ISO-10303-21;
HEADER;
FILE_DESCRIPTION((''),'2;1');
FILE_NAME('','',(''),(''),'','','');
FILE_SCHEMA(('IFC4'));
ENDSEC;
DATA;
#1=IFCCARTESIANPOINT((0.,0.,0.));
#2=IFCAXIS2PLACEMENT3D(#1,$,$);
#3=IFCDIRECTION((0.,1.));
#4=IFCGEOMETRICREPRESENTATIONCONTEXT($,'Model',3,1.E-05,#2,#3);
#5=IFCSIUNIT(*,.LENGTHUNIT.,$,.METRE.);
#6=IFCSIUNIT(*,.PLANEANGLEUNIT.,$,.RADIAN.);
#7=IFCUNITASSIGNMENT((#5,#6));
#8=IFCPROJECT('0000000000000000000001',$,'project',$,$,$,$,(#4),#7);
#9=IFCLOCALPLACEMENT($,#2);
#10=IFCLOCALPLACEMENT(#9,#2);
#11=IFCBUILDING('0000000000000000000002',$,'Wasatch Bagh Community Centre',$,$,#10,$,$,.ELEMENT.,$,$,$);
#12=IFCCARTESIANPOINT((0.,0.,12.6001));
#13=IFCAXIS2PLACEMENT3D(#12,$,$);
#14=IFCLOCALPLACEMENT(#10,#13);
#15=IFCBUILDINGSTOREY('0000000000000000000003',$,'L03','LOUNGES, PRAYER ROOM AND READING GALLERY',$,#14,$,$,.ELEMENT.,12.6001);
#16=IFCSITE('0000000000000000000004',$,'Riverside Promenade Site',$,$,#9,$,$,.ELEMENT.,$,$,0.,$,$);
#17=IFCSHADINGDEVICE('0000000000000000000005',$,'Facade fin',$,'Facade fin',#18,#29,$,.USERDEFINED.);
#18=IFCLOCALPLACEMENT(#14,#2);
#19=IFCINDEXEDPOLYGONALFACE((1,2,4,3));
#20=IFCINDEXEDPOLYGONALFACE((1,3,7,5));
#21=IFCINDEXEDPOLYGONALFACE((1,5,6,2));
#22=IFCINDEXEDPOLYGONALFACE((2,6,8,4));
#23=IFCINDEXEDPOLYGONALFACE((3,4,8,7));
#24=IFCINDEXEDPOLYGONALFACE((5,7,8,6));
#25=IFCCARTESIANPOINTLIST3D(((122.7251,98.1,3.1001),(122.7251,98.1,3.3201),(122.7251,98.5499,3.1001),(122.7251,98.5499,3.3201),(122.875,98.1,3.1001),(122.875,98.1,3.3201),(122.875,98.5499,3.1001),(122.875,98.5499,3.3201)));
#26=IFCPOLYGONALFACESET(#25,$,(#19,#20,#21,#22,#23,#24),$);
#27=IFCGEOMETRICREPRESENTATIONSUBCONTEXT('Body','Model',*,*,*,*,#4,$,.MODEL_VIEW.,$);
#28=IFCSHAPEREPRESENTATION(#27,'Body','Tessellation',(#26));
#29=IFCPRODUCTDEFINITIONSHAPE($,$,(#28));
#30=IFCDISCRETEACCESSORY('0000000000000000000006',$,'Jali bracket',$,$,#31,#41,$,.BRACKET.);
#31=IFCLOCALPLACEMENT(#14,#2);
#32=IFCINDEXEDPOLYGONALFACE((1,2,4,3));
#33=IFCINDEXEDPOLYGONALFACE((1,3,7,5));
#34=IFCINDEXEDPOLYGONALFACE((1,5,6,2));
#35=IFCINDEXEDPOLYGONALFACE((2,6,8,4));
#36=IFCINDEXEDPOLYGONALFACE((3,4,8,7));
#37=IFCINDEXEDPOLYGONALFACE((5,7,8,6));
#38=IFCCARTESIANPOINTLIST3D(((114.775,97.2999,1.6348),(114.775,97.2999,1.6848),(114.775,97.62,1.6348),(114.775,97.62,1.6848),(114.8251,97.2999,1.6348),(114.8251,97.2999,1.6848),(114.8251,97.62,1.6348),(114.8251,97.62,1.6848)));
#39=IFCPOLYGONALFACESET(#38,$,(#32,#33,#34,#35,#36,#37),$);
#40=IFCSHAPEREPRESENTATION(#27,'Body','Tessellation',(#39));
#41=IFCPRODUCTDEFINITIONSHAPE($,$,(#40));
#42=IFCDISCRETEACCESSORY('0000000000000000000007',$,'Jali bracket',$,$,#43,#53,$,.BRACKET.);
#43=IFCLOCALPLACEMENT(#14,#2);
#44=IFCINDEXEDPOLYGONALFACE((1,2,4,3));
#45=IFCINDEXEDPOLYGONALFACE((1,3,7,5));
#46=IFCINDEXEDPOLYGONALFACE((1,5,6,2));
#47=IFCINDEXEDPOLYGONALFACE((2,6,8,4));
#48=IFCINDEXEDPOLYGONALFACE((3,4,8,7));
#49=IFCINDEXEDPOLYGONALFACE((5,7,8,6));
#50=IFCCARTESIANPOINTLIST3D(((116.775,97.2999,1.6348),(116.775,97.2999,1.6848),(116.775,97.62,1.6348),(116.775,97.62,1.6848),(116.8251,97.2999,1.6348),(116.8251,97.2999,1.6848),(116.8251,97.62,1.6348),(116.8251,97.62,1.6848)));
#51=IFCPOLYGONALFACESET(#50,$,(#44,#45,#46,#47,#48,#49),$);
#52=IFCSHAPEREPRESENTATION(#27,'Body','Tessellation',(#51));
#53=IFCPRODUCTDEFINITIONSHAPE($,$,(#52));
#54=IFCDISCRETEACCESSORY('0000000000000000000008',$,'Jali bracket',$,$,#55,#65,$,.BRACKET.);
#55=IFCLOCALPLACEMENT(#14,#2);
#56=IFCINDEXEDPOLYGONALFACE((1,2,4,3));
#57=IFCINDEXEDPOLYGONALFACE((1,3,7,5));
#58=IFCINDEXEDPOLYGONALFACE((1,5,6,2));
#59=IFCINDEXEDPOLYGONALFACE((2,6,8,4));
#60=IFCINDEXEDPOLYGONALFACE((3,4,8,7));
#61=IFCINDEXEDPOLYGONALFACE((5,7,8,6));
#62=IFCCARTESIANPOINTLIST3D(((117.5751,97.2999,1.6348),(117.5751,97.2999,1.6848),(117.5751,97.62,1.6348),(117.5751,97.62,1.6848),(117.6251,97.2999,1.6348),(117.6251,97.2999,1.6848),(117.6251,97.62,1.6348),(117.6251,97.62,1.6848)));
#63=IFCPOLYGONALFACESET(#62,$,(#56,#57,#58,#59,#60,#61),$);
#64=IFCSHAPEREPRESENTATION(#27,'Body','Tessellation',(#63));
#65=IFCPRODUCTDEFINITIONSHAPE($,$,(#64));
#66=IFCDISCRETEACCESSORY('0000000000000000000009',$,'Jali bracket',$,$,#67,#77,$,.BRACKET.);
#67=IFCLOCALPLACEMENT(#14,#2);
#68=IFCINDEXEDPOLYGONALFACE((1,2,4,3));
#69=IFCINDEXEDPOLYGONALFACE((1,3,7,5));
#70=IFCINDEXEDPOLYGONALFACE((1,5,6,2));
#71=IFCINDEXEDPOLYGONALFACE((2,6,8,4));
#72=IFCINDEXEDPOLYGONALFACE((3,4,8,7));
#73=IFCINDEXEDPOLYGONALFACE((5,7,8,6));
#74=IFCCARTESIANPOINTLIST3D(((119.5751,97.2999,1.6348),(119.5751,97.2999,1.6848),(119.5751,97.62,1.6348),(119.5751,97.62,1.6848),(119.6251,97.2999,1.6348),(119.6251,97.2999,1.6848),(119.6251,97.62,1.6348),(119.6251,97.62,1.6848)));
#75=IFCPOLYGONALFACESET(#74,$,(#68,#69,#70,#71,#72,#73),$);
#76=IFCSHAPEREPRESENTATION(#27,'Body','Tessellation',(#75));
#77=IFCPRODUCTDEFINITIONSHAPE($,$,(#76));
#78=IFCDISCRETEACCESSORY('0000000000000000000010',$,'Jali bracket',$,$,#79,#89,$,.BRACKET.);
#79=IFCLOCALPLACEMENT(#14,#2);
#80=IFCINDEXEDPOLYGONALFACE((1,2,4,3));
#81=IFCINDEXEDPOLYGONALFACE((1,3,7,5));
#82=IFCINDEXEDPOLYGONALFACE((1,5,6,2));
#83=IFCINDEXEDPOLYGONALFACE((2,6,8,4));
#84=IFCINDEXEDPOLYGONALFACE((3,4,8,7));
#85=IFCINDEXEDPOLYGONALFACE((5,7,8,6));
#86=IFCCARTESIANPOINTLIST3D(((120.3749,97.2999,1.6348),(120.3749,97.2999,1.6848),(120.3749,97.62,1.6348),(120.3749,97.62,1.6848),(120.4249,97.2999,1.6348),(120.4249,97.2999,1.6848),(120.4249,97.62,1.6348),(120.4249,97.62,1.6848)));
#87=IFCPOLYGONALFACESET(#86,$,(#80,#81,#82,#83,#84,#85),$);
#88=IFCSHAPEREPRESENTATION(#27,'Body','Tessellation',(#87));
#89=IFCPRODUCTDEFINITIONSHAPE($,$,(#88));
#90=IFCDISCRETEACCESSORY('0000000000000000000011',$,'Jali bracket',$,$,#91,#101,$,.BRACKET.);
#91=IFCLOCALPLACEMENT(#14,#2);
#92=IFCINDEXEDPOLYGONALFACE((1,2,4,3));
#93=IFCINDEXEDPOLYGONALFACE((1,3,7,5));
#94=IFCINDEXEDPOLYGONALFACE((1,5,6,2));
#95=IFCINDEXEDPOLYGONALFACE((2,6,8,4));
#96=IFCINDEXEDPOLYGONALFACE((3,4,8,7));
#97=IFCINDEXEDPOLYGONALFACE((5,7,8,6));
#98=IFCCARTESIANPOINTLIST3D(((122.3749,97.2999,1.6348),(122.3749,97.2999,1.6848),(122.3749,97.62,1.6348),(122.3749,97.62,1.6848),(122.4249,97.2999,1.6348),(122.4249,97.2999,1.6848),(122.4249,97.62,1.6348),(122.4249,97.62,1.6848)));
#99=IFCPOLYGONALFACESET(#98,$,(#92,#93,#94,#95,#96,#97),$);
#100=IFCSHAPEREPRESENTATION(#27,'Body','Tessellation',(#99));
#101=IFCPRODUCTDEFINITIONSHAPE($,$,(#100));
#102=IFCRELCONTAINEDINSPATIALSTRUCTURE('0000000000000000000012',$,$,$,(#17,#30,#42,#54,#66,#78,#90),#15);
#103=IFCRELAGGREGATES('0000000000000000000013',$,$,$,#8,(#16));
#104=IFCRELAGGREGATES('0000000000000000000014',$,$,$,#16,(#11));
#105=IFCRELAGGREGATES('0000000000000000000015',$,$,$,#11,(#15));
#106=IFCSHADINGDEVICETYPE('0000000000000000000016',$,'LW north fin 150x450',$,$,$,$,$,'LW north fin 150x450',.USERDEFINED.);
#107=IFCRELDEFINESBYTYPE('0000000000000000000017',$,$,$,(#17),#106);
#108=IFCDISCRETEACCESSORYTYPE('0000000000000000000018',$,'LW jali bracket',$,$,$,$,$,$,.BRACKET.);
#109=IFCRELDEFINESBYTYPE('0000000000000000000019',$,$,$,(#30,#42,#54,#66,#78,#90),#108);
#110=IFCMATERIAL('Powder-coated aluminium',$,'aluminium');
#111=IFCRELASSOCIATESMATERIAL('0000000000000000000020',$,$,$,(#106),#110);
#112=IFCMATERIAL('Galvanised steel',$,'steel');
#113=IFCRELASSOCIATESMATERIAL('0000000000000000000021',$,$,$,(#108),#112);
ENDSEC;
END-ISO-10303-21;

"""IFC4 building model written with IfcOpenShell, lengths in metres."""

from ifc_helpers import new_model, si_unit, direction, frame, origin, origin_2d, place, context, subcontext, project, spatial, rectangle, extrude, material, type_object, element, save


model = new_model("IFC4")

# Units and contexts
model_context = context("Model", 3, precision=1e-05, world=origin(), true_north=direction((0.0, 1.0)))
body_context = subcontext(model_context, "Body", "Model", "MODEL_VIEW")
ifc_project = project(units=[si_unit("LENGTHUNIT", "METRE"), si_unit("PLANEANGLEUNIT", "RADIAN")], contexts=[model_context])

# Site, building, storey
site_placement = place(None, origin())
site = spatial("IfcSite", under=ifc_project, at=site_placement, Name="Riverside Promenade Site", CompositionType="ELEMENT", RefElevation=0.0)
building_placement = place(site_placement, origin())
building = spatial("IfcBuilding", under=site, at=building_placement, Name="Wasatch Bagh Community Centre", CompositionType="ELEMENT")
storey_placement = place(building_placement, frame((0.0, 0.0, 12.6001)))
storey = spatial("IfcBuildingStorey", under=building, at=storey_placement, Name="L03", Description="LOUNGES, PRAYER ROOM AND READING GALLERY", CompositionType="ELEMENT", Elevation=12.6001)

# Shading device
ifc_material_1 = material(Name="Powder-coated aluminium", Category="aluminium")
shading_device_type = type_object("IfcShadingDeviceType", Name="LW north fin 150x450", ElementType="LW north fin 150x450", PredefinedType="USERDEFINED", material=ifc_material_1)
shading_device_placement = place(storey_placement, frame((122.8, 98.325, 3.1001), z_axis=(0.0, 0.0, 1.0), x_axis=(1.0, 0.0, 0.0)))
element("IfcShadingDevice", 1, at=shading_device_placement, inside=storey, type_object=shading_device_type, Name="Facade fin", ObjectType="Facade fin", PredefinedType="USERDEFINED", context=body_context, shape_type="SweptSolid", body=[
    extrude(rectangle(XDim=0.1499, YDim=0.45, at=origin_2d()), origin(), (0.0, 0.0, 1.0), 0.22),
])

# Discrete accessories
ifc_material_2 = material(Name="Galvanised steel", Category="steel")
discrete_accessory_type = type_object("IfcDiscreteAccessoryType", Name="LW jali bracket", PredefinedType="BRACKET", material=ifc_material_2)
for number, where, z_axis, x_axis, name in (
    (2, (114.8, 97.46, 1.6348), (0.0, 0.0, 1.0), (1.0, 0.0, 0.0), "Jali bracket"),
    (3, (116.8, 97.46, 1.6348), (0.0, 0.0, 1.0), (1.0, 0.0, 0.0), "Jali bracket"),
    (4, (117.6001, 97.46, 1.6348), (0.0, 0.0, 1.0), (1.0, 0.0, 0.0), "Jali bracket"),
    (5, (119.6001, 97.46, 1.6348), (0.0, 0.0, 1.0), (1.0, 0.0, 0.0), "Jali bracket"),
    (6, (120.3999, 97.46, 1.6348), (0.0, 0.0, 1.0), (1.0, 0.0, 0.0), "Jali bracket"),
    (7, (122.3999, 97.46, 1.6348), (0.0, 0.0, 1.0), (1.0, 0.0, 0.0), "Jali bracket"),
):
    element("IfcDiscreteAccessory", number, at=place(storey_placement, frame(where, z_axis=z_axis, x_axis=x_axis)), inside=storey, type_object=discrete_accessory_type, Name=name, PredefinedType="BRACKET", context=body_context, shape_type="SweptSolid", body=[
        extrude(rectangle(XDim=0.05, YDim=0.3201, at=origin_2d()), origin(), (0.0, 0.0, 1.0), 0.05),
    ])

save(model, "model.ifc")
